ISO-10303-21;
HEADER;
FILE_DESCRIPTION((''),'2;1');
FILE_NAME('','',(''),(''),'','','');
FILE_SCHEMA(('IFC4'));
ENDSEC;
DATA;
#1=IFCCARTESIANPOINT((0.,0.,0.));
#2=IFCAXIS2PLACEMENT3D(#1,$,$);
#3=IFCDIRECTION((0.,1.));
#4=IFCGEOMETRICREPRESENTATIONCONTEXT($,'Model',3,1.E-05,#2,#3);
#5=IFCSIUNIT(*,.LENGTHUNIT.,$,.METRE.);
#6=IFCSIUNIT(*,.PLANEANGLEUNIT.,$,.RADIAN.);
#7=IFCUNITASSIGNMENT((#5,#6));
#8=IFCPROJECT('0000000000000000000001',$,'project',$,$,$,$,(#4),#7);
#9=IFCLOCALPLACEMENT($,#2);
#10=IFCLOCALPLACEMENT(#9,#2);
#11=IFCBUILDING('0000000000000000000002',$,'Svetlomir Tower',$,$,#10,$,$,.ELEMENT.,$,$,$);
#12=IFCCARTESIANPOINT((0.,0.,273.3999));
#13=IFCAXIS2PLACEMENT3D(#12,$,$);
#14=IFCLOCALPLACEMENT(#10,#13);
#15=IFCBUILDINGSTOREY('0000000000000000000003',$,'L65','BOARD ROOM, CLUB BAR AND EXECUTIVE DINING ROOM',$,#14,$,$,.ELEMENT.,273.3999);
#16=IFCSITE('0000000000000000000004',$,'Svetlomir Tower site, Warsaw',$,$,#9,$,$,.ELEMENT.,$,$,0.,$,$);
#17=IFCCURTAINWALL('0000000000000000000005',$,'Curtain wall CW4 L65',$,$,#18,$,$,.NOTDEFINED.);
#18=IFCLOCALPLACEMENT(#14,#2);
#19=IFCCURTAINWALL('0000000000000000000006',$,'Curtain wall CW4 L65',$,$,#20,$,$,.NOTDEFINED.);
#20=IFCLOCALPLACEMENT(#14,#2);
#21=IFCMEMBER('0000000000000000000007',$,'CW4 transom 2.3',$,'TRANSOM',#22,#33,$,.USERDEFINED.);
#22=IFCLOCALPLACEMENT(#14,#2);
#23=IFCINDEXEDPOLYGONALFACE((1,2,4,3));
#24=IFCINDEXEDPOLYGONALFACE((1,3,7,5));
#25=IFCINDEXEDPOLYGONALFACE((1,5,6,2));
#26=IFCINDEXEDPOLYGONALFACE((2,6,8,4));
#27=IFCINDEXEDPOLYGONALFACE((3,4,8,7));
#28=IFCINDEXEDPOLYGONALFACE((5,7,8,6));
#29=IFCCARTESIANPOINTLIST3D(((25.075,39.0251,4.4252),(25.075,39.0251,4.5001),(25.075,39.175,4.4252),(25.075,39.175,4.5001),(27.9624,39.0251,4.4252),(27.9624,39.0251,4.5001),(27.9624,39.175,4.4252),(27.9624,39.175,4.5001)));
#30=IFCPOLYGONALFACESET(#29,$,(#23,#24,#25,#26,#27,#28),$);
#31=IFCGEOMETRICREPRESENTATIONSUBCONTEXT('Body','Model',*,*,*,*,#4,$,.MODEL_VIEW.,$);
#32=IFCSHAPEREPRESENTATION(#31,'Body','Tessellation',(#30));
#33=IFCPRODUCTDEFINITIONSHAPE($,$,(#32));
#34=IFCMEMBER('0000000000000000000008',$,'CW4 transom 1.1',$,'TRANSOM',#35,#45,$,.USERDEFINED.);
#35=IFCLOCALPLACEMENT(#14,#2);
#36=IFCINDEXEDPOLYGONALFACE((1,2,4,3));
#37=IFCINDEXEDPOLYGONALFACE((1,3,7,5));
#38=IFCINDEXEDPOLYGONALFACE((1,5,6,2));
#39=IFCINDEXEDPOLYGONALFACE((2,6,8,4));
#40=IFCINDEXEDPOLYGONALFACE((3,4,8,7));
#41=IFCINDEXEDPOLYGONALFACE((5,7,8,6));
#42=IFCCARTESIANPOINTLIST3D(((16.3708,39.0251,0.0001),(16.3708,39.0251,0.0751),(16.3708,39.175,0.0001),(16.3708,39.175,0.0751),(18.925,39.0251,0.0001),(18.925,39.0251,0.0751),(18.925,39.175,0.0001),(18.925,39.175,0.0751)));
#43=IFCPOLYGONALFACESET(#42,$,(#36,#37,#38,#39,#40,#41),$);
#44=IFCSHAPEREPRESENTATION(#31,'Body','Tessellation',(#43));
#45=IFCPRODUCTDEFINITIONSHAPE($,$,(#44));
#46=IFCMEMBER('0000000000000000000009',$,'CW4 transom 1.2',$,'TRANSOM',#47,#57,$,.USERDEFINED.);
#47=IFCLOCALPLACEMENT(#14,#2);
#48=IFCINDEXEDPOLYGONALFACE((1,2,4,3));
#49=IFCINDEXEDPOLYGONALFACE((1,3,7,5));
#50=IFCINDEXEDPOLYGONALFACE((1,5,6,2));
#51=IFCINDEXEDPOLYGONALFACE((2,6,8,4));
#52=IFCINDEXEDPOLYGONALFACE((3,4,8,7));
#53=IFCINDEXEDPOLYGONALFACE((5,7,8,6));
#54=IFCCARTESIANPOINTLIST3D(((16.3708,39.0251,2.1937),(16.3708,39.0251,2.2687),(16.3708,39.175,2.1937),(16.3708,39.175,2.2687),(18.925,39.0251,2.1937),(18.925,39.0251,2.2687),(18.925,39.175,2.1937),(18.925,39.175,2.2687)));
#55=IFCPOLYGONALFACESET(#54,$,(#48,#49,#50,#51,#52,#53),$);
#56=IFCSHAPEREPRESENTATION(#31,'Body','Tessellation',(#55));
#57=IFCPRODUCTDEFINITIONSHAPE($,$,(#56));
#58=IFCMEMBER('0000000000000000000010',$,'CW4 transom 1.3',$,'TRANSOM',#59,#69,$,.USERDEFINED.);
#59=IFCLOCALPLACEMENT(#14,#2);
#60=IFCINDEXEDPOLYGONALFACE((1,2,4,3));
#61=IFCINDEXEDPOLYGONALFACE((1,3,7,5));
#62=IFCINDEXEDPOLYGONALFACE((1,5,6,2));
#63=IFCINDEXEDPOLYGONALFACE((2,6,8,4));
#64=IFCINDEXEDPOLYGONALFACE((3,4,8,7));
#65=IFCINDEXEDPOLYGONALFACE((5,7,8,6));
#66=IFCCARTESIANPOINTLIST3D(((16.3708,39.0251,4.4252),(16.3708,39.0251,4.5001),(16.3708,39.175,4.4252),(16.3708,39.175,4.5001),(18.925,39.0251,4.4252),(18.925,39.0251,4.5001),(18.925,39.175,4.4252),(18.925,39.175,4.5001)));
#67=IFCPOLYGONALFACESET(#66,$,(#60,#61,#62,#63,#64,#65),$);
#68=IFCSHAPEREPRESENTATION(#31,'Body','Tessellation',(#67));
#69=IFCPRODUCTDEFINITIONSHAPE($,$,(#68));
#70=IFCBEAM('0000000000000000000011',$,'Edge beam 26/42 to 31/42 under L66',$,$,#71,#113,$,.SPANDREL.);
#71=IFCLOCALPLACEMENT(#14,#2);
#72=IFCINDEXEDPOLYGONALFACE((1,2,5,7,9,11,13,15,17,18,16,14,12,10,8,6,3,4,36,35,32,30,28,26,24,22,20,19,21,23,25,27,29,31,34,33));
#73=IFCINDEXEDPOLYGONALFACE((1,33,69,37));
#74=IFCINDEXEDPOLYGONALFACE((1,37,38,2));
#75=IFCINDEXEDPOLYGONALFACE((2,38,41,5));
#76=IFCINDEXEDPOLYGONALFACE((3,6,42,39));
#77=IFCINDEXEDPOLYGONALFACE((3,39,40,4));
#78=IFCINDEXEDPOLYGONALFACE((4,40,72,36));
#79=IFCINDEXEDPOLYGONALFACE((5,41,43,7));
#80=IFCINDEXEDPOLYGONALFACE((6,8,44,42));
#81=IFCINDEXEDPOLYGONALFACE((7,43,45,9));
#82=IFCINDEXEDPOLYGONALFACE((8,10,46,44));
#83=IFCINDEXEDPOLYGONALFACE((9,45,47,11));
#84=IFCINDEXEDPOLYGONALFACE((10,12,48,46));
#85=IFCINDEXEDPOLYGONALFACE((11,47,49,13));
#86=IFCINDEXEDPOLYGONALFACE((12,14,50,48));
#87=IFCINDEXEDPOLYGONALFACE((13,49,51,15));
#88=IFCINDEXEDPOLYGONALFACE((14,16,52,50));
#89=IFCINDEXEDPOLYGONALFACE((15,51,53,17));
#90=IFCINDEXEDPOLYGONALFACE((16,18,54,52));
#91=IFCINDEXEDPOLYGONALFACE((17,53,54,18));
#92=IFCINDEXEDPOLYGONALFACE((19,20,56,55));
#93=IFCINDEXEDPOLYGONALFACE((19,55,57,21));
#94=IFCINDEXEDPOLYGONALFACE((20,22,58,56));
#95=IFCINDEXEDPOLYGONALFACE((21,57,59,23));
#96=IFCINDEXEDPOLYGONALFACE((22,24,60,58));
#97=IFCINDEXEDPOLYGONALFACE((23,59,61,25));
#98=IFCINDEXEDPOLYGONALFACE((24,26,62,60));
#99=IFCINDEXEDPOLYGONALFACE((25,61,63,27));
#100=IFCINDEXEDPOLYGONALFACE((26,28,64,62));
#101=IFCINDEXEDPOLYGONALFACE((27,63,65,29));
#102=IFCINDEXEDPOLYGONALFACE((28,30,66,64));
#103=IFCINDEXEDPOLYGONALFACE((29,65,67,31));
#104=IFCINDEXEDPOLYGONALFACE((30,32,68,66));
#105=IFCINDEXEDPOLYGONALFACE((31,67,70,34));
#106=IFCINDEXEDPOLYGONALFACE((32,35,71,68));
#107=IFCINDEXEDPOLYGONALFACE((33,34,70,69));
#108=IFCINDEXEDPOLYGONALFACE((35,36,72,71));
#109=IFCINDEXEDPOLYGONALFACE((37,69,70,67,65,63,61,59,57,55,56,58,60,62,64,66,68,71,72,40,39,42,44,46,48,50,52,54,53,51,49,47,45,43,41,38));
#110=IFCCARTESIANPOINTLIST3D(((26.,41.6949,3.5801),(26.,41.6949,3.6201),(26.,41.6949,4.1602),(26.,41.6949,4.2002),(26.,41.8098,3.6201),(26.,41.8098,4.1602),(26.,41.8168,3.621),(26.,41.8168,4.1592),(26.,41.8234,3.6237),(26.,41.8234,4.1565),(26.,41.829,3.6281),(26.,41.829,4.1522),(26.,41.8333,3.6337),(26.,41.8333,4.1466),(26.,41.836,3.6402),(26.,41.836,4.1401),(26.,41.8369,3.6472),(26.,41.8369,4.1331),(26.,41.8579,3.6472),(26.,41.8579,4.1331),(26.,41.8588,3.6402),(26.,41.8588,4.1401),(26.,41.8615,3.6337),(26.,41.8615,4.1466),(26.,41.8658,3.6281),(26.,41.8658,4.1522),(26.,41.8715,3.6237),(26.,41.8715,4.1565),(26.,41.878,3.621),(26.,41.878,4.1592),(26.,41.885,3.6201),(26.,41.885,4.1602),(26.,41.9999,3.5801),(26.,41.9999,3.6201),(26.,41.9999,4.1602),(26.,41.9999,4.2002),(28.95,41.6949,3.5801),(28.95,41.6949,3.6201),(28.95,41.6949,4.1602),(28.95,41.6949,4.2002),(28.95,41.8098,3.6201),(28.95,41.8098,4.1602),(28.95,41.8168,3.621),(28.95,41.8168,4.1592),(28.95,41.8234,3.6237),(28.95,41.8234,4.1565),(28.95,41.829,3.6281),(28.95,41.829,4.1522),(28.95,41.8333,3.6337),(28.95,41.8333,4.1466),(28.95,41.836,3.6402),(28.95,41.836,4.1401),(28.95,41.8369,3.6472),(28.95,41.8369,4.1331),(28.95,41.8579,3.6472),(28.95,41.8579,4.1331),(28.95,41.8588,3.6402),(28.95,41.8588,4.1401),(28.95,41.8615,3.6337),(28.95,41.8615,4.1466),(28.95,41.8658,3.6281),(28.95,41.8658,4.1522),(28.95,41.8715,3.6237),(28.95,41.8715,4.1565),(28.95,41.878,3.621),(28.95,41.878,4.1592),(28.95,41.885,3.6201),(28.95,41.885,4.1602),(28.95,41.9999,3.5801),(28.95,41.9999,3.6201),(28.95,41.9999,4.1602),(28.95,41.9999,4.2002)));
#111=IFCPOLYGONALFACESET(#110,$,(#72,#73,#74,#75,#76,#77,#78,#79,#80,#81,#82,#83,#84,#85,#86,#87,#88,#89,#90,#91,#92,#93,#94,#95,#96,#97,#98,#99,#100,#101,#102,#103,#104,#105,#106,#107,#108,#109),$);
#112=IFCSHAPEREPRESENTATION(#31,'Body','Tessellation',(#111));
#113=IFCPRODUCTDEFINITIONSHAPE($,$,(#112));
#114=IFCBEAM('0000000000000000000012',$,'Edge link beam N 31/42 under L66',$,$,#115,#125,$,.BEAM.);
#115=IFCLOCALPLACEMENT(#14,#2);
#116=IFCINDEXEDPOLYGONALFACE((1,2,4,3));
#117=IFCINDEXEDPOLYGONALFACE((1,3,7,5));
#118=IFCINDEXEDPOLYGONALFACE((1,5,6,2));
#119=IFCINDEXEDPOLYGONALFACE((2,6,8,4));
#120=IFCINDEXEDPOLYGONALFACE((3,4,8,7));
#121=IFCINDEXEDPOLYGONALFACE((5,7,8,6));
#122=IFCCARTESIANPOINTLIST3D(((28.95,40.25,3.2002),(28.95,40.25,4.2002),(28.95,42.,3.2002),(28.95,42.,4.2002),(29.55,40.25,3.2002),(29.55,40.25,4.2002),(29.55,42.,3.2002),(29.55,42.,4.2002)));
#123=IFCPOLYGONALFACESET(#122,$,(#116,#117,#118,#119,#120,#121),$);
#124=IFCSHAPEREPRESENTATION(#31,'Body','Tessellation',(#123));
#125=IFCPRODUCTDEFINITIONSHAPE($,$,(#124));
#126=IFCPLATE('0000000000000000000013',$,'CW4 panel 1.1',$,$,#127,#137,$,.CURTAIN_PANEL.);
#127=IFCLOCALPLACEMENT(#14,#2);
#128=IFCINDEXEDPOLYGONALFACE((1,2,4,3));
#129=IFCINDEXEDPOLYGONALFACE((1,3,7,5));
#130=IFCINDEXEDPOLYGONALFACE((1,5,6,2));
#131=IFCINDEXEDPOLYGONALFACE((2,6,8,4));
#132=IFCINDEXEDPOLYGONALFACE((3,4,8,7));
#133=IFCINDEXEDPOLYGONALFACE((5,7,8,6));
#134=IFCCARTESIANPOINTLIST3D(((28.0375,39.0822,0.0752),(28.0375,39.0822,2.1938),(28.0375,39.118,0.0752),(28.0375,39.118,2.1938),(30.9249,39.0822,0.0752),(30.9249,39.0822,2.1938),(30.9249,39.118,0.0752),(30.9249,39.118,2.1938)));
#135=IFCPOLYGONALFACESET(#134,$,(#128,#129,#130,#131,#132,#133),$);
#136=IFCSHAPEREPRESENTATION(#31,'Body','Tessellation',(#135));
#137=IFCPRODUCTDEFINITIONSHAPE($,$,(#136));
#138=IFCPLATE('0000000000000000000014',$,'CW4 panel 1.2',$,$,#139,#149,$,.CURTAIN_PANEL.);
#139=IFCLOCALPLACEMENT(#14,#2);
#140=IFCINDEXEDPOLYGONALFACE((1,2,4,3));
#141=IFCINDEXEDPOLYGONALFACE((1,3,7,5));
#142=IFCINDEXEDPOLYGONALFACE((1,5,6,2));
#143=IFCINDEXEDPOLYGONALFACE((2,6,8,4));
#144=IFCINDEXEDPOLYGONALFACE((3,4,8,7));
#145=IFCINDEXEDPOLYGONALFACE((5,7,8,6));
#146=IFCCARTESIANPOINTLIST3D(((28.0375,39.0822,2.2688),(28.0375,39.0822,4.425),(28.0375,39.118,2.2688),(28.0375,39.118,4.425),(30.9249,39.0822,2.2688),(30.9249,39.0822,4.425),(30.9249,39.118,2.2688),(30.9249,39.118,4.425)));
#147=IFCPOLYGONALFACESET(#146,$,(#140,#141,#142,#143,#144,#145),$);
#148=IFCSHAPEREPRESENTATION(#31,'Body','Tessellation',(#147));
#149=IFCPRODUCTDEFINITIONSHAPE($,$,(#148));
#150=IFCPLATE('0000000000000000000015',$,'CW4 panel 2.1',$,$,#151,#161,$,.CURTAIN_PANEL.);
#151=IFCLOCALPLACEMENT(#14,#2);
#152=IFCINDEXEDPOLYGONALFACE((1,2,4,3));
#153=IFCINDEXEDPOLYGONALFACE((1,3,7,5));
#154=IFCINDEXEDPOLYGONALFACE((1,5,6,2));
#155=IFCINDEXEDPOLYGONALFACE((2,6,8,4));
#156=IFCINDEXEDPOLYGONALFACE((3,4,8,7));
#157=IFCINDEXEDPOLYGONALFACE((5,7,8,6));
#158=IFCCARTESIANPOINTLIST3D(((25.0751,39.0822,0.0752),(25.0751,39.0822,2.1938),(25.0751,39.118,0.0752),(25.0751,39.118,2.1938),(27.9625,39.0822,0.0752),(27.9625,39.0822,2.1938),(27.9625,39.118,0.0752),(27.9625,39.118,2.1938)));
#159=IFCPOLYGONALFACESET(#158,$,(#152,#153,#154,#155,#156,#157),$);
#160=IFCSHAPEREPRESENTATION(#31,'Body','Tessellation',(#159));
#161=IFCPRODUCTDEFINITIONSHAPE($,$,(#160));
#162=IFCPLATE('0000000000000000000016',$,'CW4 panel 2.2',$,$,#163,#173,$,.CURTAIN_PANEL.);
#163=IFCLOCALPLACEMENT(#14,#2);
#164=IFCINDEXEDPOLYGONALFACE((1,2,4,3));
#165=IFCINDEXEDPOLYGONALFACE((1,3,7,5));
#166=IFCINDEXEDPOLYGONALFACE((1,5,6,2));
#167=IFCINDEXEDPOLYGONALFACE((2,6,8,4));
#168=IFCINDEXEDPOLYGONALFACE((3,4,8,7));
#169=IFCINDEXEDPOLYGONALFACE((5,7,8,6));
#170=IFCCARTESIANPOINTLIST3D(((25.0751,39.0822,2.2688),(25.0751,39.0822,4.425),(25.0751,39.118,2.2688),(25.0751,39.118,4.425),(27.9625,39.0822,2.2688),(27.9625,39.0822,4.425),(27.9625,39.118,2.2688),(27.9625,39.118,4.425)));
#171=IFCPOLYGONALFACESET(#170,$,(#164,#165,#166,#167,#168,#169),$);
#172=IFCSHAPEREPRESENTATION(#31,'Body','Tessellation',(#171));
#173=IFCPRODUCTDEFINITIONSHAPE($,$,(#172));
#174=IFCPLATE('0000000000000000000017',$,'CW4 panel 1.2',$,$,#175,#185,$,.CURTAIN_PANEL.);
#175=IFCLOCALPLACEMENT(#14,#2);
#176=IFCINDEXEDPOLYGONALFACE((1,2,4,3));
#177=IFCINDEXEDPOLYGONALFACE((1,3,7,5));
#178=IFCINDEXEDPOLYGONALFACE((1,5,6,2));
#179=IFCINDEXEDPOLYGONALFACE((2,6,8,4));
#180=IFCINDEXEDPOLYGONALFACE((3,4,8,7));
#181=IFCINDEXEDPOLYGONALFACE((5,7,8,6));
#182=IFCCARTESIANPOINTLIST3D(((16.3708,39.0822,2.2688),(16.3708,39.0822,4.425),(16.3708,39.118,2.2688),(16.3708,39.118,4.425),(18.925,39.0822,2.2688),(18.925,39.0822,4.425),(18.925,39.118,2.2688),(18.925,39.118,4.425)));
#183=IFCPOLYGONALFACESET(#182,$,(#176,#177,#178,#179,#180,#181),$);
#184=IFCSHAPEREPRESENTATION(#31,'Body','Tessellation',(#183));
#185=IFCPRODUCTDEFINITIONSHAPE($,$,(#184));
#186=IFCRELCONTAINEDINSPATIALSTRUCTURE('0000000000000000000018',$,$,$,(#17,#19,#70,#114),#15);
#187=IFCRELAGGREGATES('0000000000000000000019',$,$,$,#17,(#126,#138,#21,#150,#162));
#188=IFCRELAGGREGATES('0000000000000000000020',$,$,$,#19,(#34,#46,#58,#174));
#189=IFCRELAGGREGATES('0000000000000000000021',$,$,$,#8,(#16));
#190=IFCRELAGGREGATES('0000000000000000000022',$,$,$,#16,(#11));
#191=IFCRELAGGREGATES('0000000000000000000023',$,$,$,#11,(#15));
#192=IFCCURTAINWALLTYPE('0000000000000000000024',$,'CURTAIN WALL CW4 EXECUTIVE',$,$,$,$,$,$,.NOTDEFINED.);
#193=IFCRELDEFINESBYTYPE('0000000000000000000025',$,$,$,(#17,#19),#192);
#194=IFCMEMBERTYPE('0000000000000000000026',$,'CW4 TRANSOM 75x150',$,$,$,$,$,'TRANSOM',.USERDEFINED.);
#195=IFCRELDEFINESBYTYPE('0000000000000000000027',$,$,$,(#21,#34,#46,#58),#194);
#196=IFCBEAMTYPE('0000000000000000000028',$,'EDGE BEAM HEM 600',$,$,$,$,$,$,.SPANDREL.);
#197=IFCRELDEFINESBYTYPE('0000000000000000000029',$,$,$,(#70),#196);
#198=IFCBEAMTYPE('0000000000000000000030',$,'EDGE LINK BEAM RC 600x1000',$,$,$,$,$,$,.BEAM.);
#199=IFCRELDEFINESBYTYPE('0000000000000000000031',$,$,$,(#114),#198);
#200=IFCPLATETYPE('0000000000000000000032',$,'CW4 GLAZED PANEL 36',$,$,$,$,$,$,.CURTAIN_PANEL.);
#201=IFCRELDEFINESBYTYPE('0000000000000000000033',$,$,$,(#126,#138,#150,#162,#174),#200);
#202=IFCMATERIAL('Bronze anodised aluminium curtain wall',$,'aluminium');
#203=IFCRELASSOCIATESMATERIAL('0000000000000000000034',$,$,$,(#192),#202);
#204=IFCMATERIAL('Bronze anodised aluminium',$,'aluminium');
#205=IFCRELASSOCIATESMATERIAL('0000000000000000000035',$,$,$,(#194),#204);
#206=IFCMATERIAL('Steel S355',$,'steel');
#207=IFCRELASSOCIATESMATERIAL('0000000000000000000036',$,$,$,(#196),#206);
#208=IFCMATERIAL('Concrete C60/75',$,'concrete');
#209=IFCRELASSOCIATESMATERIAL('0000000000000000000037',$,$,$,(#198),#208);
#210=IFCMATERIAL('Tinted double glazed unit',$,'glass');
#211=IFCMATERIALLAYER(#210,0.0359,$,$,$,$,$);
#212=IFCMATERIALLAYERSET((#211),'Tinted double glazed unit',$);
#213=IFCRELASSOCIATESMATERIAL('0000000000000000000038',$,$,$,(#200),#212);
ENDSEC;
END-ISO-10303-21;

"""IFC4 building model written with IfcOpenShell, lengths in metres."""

from ifc_helpers import new_model, si_unit, direction, frame, origin, origin_2d, place, context, subcontext, project, spatial, rectangle, i_section, extrude, material, layer, layer_set, material_profile, profile_set, type_object, element, aggregate, save


model = new_model("IFC4")

# Units and contexts
model_context = context("Model", 3, precision=1e-05, world=origin(), true_north=direction((0.0, 1.0)))
body_context = subcontext(model_context, "Body", "Model", "MODEL_VIEW")
ifc_project = project(units=[si_unit("LENGTHUNIT", "METRE"), si_unit("PLANEANGLEUNIT", "RADIAN")], contexts=[model_context])

# Site, building, storey
site_placement = place(None, origin())
site = spatial("IfcSite", under=ifc_project, at=site_placement, Name="Svetlomir Tower site, Warsaw", CompositionType="ELEMENT", RefElevation=0.0)
building_placement = place(site_placement, origin())
building = spatial("IfcBuilding", under=site, at=building_placement, Name="Svetlomir Tower", CompositionType="ELEMENT")
storey_placement = place(building_placement, frame((0.0, 0.0, 273.3999)))
storey = spatial("IfcBuildingStorey", under=building, at=storey_placement, Name="L65", Description="BOARD ROOM, CLUB BAR AND EXECUTIVE DINING ROOM", CompositionType="ELEMENT", Elevation=273.3999)

# Curtain walls
ifc_material_1 = material(Name="Bronze anodised aluminium curtain wall", Category="aluminium")
curtain_wall_type = type_object("IfcCurtainWallType", Name="CURTAIN WALL CW4 EXECUTIVE", PredefinedType="NOTDEFINED", material=ifc_material_1)
curtain_wall_1_placement = place(storey_placement, origin())
curtain_wall_1 = element("IfcCurtainWall", 1, at=curtain_wall_1_placement, inside=storey, type_object=curtain_wall_type, Name="Curtain wall CW4 L65", PredefinedType="NOTDEFINED")
curtain_wall_2_placement = place(storey_placement, origin())
curtain_wall_2 = element("IfcCurtainWall", 2, at=curtain_wall_2_placement, inside=storey, type_object=curtain_wall_type, Name="Curtain wall CW4 L65", PredefinedType="NOTDEFINED")

# Members
ifc_material_2 = material(Name="Bronze anodised aluminium", Category="aluminium")
ifc_material_profile_1 = material_profile(ifc_material_2, rectangle(XDim=0.1499, YDim=0.075, at=origin_2d()), Name="AL 150x75")
ifc_profile_set_1 = profile_set([ifc_material_profile_1], Name="Bronze anodised aluminium 6063-T6")
member_type_1 = type_object("IfcMemberType", Name="CW4 TRANSOM 75x150", ElementType="TRANSOM", PredefinedType="USERDEFINED", material=ifc_profile_set_1)
member_1_placement = place(storey_placement, frame((27.9624, 39.1001, 4.4626), z_axis=(-1.0, 0.0, 0.0), x_axis=(0.0, -1.0, 0.0)))
member_1 = element("IfcMember", 3, at=member_1_placement, type_object=member_type_1, Name="CW4 transom 2.3", ObjectType="TRANSOM", PredefinedType="USERDEFINED", context=body_context, shape_type="SweptSolid", body=[
    extrude(rectangle(XDim=0.1499, YDim=0.075, at=origin_2d()), origin(), (0.0, 0.0, 1.0), 2.8875),
])
member_2_placement = place(storey_placement, frame((18.925, 39.1001, 0.0376), z_axis=(-1.0, 0.0, 0.0), x_axis=(0.0, -1.0, 0.0)))
member_2 = element("IfcMember", 4, at=member_2_placement, type_object=member_type_1, Name="CW4 transom 1.1", ObjectType="TRANSOM", PredefinedType="USERDEFINED", context=body_context, shape_type="SweptSolid", body=[
    extrude(rectangle(XDim=0.1499, YDim=0.075, at=origin_2d()), origin(), (0.0, 0.0, 1.0), 2.5542),
])
member_3_placement = place(storey_placement, frame((18.925, 39.1001, 2.2312), z_axis=(-1.0, 0.0, 0.0), x_axis=(0.0, -1.0, 0.0)))
member_3 = element("IfcMember", 5, at=member_3_placement, type_object=member_type_1, Name="CW4 transom 1.2", ObjectType="TRANSOM", PredefinedType="USERDEFINED", context=body_context, shape_type="SweptSolid", body=[
    extrude(rectangle(XDim=0.1499, YDim=0.075, at=origin_2d()), origin(), (0.0, 0.0, 1.0), 2.5542),
])
member_4_placement = place(storey_placement, frame((18.925, 39.1001, 4.4626), z_axis=(-1.0, 0.0, 0.0), x_axis=(0.0, -1.0, 0.0)))
member_4 = element("IfcMember", 6, at=member_4_placement, type_object=member_type_1, Name="CW4 transom 1.3", ObjectType="TRANSOM", PredefinedType="USERDEFINED", context=body_context, shape_type="SweptSolid", body=[
    extrude(rectangle(XDim=0.1499, YDim=0.075, at=origin_2d()), origin(), (0.0, 0.0, 1.0), 2.5542),
])

# Beams
ifc_material_3 = material(Name="Steel S355", Category="steel")
ifc_material_profile_2 = material_profile(ifc_material_3, i_section(OverallWidth=0.3049, OverallDepth=0.6201, WebThickness=0.021, FlangeThickness=0.04, FilletRadius=0.0271, at=origin_2d()), Name="HEM 600")
ifc_profile_set_2 = profile_set([ifc_material_profile_2], Name="Steel S355")
beam_type_1 = type_object("IfcBeamType", Name="EDGE BEAM HEM 600", PredefinedType="SPANDREL", material=ifc_profile_set_2)
beam_1_placement = place(storey_placement, frame((26.0, 41.8474, 3.8901), z_axis=(1.0, 0.0, 0.0), x_axis=(0.0, 1.0, 0.0)))
element("IfcBeam", 7, at=beam_1_placement, inside=storey, type_object=beam_type_1, Name="Edge beam 26/42 to 31/42 under L66", PredefinedType="SPANDREL", context=body_context, shape_type="SweptSolid", body=[
    extrude(i_section(OverallWidth=0.3049, OverallDepth=0.6201, WebThickness=0.021, FlangeThickness=0.04, FilletRadius=0.0271, at=origin_2d()), origin(), (0.0, 0.0, 1.0), 2.95),
])
ifc_material_4 = material(Name="Concrete C60/75", Category="concrete")
ifc_material_profile_3 = material_profile(ifc_material_4, rectangle(XDim=0.6001, YDim=1.0, at=origin_2d()), Name="RC 600x1000")
ifc_profile_set_3 = profile_set([ifc_material_profile_3], Name="Concrete C60/75")
beam_type_2 = type_object("IfcBeamType", Name="EDGE LINK BEAM RC 600x1000", PredefinedType="BEAM", material=ifc_profile_set_3)
beam_2_placement = place(storey_placement, frame((29.25, 40.25, 3.7002), z_axis=(0.0, 1.0, 0.0), x_axis=(-1.0, 0.0, 0.0)))
element("IfcBeam", 8, at=beam_2_placement, inside=storey, type_object=beam_type_2, Name="Edge link beam N 31/42 under L66", PredefinedType="BEAM", context=body_context, shape_type="SweptSolid", body=[
    extrude(rectangle(XDim=0.6001, YDim=1.0, at=origin_2d()), origin(), (0.0, 0.0, 1.0), 1.75),
])

# Plates
ifc_material_5 = material(Name="Tinted double glazed unit", Category="glass")
ifc_layer_1 = layer(ifc_material_5, 0.0359)
ifc_layer_set_1 = layer_set([ifc_layer_1], Name="Tinted double glazed unit")
plate_type = type_object("IfcPlateType", Name="CW4 GLAZED PANEL 36", PredefinedType="CURTAIN_PANEL", material=ifc_layer_set_1)
plate_1_placement = place(storey_placement, frame((29.4812, 39.1001, 0.0752), z_axis=(0.0, 0.0, 1.0), x_axis=(-1.0, 0.0, 0.0)))
plate_1 = element("IfcPlate", 9, at=plate_1_placement, type_object=plate_type, Name="CW4 panel 1.1", PredefinedType="CURTAIN_PANEL", context=body_context, shape_type="SweptSolid", body=[
    extrude(rectangle(XDim=2.8875, YDim=0.0359, at=origin_2d()), origin(), (0.0, 0.0, 1.0), 2.1187),
])
plate_2_placement = place(storey_placement, frame((29.4812, 39.1001, 2.2688), z_axis=(0.0, 0.0, 1.0), x_axis=(-1.0, 0.0, 0.0)))
plate_2 = element("IfcPlate", 10, at=plate_2_placement, type_object=plate_type, Name="CW4 panel 1.2", PredefinedType="CURTAIN_PANEL", context=body_context, shape_type="SweptSolid", body=[
    extrude(rectangle(XDim=2.8875, YDim=0.0359, at=origin_2d()), origin(), (0.0, 0.0, 1.0), 2.1562),
])
plate_3_placement = place(storey_placement, frame((26.5188, 39.1001, 0.0752), z_axis=(0.0, 0.0, 1.0), x_axis=(-1.0, 0.0, 0.0)))
plate_3 = element("IfcPlate", 11, at=plate_3_placement, type_object=plate_type, Name="CW4 panel 2.1", PredefinedType="CURTAIN_PANEL", context=body_context, shape_type="SweptSolid", body=[
    extrude(rectangle(XDim=2.8875, YDim=0.0359, at=origin_2d()), origin(), (0.0, 0.0, 1.0), 2.1187),
])
plate_4_placement = place(storey_placement, frame((26.5188, 39.1001, 2.2688), z_axis=(0.0, 0.0, 1.0), x_axis=(-1.0, 0.0, 0.0)))
plate_4 = element("IfcPlate", 12, at=plate_4_placement, type_object=plate_type, Name="CW4 panel 2.2", PredefinedType="CURTAIN_PANEL", context=body_context, shape_type="SweptSolid", body=[
    extrude(rectangle(XDim=2.8875, YDim=0.0359, at=origin_2d()), origin(), (0.0, 0.0, 1.0), 2.1562),
])
aggregate(curtain_wall_1, [plate_1, plate_2, member_1, plate_3, plate_4])
plate_5_placement = place(storey_placement, frame((17.6479, 39.1001, 2.2688), z_axis=(0.0, 0.0, 1.0), x_axis=(-1.0, 0.0, 0.0)))
plate_5 = element("IfcPlate", 13, at=plate_5_placement, type_object=plate_type, Name="CW4 panel 1.2", PredefinedType="CURTAIN_PANEL", context=body_context, shape_type="SweptSolid", body=[
    extrude(rectangle(XDim=2.5542, YDim=0.0359, at=origin_2d()), origin(), (0.0, 0.0, 1.0), 2.1562),
])
aggregate(curtain_wall_2, [member_2, member_3, member_4, plate_5])

save(model, "model.ifc")
